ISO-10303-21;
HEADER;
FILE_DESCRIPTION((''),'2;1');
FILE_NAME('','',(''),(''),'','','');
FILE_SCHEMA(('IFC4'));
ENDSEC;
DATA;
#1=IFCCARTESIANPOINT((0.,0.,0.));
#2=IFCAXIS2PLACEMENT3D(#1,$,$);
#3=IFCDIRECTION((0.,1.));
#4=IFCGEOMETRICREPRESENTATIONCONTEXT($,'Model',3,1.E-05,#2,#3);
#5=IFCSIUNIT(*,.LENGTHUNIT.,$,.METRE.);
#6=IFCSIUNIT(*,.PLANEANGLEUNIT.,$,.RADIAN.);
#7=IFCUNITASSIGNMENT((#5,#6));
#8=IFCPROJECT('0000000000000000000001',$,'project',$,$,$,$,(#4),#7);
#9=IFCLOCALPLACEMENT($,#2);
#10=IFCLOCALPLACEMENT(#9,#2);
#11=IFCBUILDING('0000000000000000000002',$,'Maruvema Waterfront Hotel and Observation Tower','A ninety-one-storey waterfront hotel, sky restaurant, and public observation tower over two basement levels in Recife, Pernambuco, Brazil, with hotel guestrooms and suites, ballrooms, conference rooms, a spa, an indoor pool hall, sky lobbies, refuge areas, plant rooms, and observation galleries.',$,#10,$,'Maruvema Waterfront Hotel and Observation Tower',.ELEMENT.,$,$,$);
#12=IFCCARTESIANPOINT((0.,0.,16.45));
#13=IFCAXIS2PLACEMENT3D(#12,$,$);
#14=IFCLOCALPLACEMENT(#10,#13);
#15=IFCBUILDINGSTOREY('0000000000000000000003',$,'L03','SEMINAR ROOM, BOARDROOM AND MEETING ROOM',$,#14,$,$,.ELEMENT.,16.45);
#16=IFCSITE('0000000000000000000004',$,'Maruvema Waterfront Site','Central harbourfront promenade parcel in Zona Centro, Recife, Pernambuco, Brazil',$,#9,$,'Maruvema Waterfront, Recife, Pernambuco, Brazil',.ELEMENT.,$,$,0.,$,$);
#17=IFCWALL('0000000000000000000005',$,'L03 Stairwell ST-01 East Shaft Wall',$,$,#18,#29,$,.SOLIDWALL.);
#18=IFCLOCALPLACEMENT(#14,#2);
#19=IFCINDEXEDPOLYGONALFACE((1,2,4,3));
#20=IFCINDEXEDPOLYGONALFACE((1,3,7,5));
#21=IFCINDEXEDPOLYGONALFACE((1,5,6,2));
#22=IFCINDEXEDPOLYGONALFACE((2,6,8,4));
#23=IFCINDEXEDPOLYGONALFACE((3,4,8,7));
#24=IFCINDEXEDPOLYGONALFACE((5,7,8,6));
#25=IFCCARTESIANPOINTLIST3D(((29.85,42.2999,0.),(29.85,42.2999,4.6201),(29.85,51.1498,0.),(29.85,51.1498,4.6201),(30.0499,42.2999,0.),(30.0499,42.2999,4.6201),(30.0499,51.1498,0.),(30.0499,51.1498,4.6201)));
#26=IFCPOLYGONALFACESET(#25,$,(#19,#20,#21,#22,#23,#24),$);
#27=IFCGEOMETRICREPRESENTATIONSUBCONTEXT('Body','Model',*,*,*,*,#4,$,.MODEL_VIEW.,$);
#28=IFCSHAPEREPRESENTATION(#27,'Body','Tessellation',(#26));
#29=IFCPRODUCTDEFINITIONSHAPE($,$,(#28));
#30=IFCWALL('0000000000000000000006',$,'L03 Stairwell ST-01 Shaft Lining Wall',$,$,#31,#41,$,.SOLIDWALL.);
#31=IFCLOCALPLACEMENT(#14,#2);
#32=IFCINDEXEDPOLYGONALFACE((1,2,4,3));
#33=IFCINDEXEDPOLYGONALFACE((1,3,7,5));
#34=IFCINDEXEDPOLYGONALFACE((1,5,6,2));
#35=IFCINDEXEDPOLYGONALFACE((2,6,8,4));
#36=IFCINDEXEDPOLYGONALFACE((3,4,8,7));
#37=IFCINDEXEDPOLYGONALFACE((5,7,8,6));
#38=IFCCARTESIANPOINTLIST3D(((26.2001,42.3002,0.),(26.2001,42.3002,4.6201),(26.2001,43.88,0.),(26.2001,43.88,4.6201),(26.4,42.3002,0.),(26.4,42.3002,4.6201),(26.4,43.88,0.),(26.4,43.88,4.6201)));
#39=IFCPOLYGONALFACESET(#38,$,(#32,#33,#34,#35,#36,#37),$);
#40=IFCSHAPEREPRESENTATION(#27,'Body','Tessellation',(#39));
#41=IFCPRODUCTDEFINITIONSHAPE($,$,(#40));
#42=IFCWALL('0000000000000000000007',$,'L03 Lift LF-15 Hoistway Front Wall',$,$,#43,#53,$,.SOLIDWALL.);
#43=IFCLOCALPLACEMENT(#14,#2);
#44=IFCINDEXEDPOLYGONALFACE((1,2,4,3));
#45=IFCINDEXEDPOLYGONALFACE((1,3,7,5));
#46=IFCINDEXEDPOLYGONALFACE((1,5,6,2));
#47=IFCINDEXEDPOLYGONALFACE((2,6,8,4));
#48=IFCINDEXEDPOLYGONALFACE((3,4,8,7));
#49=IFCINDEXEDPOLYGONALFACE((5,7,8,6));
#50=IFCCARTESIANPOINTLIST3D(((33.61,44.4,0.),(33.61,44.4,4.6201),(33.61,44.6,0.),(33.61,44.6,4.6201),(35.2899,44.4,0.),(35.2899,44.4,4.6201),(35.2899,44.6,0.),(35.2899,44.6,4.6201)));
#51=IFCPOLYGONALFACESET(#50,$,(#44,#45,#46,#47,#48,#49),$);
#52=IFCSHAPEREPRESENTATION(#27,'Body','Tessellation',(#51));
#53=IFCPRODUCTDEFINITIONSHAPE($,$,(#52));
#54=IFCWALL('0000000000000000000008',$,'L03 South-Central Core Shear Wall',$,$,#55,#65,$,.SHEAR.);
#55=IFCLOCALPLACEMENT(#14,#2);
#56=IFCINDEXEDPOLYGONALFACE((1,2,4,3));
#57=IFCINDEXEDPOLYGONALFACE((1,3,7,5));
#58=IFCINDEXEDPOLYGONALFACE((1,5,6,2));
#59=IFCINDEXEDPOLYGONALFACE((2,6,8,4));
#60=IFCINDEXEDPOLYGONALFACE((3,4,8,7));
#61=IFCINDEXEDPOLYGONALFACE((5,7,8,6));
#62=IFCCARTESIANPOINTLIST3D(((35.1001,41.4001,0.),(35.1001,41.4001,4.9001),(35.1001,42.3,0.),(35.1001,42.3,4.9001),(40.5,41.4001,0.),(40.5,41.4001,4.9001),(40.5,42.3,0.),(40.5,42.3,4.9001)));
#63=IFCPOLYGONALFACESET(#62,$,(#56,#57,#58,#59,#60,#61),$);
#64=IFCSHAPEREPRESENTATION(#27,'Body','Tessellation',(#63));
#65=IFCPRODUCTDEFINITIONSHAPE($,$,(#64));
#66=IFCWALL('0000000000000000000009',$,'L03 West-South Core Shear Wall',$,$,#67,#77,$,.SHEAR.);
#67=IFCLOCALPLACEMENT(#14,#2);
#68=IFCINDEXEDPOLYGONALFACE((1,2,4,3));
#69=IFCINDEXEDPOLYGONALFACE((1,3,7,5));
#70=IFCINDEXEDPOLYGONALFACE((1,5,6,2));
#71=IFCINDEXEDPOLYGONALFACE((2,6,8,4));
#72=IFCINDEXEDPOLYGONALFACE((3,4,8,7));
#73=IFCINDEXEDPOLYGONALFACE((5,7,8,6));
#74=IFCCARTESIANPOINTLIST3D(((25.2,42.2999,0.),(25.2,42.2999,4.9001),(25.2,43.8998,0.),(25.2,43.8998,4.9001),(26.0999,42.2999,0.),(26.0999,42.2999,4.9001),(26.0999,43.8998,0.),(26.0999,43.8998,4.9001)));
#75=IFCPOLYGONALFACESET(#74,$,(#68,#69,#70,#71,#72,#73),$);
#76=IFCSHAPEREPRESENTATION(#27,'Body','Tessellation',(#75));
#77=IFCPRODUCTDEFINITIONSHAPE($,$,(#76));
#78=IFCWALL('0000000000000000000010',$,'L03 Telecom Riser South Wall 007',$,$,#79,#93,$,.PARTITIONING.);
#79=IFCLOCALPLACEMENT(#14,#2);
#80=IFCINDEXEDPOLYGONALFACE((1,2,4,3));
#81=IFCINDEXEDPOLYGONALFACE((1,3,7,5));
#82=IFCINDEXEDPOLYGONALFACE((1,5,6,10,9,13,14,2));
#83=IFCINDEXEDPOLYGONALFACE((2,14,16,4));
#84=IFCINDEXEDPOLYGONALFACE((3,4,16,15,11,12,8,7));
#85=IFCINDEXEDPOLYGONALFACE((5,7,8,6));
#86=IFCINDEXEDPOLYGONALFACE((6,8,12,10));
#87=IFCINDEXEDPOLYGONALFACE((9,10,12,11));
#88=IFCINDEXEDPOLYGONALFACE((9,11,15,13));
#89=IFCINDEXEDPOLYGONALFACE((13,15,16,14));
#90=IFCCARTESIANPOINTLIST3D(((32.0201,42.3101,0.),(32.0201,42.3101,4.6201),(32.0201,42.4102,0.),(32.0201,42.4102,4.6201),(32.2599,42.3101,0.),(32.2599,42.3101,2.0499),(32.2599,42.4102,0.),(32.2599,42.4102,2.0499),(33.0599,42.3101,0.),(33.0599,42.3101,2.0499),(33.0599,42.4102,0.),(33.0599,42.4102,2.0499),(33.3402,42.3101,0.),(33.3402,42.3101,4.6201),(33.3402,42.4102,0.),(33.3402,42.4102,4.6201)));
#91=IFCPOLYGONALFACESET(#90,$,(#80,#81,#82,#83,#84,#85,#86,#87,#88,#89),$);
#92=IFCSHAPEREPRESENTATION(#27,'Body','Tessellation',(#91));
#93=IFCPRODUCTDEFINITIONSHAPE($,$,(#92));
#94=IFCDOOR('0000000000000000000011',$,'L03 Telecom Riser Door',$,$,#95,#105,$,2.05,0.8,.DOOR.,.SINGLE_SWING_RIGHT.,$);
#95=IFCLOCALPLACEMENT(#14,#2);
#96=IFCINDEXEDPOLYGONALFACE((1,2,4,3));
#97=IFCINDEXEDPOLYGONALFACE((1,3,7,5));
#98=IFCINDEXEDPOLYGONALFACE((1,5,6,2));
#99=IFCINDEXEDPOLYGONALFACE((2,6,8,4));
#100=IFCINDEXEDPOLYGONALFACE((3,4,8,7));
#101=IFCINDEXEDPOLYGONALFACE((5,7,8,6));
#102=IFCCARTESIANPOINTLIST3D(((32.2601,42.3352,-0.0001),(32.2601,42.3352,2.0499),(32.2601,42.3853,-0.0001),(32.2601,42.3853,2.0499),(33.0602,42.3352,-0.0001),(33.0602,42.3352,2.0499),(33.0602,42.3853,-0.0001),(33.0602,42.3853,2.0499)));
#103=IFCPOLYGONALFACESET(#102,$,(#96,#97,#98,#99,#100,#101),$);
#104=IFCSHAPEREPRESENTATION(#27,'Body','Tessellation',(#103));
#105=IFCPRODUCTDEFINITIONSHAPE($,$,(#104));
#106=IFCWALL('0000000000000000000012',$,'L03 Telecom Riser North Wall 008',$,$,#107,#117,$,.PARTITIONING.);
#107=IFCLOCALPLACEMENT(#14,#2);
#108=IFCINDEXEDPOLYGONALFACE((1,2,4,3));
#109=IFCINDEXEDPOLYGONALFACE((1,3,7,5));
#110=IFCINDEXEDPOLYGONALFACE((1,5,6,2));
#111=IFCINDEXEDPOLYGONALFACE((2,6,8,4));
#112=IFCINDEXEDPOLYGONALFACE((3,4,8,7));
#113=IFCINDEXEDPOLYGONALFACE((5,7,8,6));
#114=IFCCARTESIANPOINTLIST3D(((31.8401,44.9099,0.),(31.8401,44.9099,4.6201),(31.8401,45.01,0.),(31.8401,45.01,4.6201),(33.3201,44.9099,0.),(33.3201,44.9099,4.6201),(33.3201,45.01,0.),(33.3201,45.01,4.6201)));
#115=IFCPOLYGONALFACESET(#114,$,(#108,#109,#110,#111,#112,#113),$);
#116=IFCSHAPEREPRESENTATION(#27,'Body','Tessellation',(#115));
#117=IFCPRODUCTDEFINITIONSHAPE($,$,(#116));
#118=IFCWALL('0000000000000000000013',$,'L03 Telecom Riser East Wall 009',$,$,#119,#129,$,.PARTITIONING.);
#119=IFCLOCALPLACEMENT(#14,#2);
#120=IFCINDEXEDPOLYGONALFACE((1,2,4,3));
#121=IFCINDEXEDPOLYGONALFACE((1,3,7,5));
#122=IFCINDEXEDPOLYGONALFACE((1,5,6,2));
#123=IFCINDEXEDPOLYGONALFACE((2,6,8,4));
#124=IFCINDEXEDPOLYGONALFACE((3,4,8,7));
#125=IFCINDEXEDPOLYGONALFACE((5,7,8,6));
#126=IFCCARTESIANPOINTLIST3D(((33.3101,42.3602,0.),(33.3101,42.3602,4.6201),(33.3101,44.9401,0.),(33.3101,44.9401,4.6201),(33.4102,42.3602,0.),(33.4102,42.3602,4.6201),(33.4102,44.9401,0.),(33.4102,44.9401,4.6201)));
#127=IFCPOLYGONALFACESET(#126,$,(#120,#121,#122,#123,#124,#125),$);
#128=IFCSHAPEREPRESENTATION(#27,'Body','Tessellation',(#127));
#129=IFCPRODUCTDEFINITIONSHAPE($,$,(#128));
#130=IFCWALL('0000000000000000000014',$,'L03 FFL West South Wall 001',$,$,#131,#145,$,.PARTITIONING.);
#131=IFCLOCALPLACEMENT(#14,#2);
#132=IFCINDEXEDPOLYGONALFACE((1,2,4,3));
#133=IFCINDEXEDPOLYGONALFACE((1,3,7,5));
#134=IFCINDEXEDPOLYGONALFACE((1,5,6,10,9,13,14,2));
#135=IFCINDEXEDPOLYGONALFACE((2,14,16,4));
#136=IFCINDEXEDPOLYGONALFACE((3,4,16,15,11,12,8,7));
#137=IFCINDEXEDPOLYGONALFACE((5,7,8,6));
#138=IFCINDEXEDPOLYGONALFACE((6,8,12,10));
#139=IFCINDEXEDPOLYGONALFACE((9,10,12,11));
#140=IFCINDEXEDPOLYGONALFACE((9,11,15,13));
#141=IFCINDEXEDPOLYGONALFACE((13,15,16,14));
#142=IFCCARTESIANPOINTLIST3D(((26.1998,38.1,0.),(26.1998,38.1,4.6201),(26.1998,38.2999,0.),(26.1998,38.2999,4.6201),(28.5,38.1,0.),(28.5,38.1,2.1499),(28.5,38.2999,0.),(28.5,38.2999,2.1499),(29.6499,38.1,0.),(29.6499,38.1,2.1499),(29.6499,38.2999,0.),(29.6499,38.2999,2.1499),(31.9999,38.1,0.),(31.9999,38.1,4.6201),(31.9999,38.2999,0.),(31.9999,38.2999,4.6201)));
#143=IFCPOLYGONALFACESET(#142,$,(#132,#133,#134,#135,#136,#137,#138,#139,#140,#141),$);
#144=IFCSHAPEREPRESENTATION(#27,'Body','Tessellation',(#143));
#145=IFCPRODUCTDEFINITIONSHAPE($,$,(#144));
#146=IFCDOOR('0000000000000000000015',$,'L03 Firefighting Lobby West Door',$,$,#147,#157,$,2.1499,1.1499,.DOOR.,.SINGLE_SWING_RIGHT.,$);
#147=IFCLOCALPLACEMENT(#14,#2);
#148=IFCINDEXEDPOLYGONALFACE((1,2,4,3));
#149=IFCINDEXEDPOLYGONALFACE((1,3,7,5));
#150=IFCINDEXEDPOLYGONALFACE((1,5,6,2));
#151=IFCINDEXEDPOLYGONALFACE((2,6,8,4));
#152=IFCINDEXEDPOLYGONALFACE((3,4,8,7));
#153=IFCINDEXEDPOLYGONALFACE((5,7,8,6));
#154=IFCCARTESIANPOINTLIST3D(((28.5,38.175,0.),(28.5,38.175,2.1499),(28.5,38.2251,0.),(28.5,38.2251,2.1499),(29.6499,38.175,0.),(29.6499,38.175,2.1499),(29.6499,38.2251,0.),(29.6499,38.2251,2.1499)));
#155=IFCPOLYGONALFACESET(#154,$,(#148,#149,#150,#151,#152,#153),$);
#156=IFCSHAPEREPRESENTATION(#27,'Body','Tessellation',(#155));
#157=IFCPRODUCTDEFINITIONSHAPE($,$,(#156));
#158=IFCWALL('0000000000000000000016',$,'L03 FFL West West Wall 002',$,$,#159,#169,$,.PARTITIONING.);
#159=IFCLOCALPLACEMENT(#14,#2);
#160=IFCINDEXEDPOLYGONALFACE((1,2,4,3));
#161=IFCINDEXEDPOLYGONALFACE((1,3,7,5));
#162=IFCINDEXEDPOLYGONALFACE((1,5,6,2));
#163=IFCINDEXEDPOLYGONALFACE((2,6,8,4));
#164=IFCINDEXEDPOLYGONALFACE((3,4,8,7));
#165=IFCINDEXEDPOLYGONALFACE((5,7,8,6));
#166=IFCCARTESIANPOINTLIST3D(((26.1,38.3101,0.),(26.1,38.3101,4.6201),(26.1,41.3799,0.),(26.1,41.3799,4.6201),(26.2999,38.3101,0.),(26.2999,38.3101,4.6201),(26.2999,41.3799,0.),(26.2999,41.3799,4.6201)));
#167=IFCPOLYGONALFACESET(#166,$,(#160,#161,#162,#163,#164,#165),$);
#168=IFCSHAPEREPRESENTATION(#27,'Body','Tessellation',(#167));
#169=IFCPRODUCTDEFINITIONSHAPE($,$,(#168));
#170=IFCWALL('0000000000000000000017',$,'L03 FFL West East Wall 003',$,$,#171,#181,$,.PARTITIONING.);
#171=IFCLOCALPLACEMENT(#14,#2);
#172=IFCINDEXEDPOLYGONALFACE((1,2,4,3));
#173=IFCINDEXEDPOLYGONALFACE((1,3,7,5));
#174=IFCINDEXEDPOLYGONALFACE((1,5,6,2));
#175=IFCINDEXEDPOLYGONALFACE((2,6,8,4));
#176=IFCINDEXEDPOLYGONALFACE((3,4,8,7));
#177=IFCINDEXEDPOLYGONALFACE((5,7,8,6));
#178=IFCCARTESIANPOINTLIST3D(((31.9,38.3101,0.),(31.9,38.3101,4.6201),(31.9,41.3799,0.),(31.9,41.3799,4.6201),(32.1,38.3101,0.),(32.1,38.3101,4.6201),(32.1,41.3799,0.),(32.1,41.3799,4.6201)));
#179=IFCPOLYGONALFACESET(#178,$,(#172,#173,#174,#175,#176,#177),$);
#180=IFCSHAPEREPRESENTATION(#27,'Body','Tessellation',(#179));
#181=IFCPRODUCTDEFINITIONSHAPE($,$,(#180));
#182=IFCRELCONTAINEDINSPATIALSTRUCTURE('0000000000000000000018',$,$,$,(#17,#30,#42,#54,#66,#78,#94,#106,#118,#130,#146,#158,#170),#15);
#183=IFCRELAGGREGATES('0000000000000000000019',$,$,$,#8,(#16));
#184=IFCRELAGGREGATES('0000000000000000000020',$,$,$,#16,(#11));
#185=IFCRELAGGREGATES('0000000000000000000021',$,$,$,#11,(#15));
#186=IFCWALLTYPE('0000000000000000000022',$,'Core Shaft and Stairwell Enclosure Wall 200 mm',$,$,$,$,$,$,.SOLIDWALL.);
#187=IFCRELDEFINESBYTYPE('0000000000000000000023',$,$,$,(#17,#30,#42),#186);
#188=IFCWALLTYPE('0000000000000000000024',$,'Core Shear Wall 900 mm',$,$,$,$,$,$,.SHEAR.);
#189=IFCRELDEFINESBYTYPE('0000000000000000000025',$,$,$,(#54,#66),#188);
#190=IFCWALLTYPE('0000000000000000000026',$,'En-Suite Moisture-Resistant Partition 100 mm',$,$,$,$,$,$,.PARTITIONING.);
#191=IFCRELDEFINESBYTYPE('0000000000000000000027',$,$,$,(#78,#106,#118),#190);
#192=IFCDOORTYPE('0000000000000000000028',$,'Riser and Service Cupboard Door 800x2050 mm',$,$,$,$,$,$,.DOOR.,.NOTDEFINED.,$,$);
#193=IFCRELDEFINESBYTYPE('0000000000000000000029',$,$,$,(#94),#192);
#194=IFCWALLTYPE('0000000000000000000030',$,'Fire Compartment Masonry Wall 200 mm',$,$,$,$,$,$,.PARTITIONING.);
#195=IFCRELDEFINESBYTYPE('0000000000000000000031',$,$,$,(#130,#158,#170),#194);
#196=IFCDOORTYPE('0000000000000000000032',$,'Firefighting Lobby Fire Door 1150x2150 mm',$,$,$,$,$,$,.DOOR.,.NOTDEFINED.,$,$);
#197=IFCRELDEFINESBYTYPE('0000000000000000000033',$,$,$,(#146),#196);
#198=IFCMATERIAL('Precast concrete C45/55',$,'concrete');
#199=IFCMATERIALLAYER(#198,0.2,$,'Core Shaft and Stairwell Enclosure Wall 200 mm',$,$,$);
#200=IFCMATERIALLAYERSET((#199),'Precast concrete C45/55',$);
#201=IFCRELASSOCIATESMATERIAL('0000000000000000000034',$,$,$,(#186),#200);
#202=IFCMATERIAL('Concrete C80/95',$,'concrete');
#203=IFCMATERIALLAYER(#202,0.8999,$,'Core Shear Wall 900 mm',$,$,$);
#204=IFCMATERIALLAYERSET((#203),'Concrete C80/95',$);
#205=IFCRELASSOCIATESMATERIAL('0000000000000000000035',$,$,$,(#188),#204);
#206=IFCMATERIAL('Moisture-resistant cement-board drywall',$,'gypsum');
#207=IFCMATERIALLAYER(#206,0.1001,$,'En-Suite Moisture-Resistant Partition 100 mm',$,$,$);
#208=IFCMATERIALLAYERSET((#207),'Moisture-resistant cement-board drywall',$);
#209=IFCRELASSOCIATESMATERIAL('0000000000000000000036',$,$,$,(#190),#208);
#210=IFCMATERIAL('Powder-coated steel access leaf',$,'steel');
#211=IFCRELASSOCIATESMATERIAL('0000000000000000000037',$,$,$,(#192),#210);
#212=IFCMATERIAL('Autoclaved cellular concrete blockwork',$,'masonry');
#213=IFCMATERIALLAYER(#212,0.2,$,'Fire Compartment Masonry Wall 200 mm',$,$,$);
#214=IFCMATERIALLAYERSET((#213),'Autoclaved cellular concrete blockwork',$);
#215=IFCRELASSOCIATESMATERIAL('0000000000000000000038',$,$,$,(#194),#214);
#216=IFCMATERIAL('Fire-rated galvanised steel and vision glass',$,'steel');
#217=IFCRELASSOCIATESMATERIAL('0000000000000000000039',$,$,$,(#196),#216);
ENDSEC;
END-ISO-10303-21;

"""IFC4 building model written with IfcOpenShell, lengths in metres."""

from ifc_helpers import new_model, si_unit, direction, frame, frame_2d, origin, place, context, subcontext, project, spatial, rectangle, extrude, material, layer, layer_set, type_object, element, fill, save


model = new_model("IFC4")

# Units and contexts
model_context = context("Model", 3, precision=1e-05, world=origin(), true_north=direction((0.0, 1.0)))
body_context = subcontext(model_context, "Body", "Model", "MODEL_VIEW")
ifc_project = project(units=[si_unit("LENGTHUNIT", "METRE"), si_unit("PLANEANGLEUNIT", "RADIAN")], contexts=[model_context])

# Site, building, storey
site_placement = place(None, origin())
site = spatial("IfcSite", under=ifc_project, at=site_placement, Name="Maruvema Waterfront Site", Description="Central harbourfront promenade parcel in Zona Centro, Recife, Pernambuco, Brazil", LongName="Maruvema Waterfront, Recife, Pernambuco, Brazil", CompositionType="ELEMENT", RefElevation=0.0)
building_placement = place(site_placement, origin())
building = spatial("IfcBuilding", under=site, at=building_placement, Name="Maruvema Waterfront Hotel and Observation Tower", Description="A ninety-one-storey waterfront hotel, sky restaurant, and public observation tower over two basement levels in Recife, Pernambuco, Brazil, with hotel guestrooms and suites, ballrooms, conference rooms, a spa, an indoor pool hall, sky lobbies, refuge areas, plant rooms, and observation galleries.", LongName="Maruvema Waterfront Hotel and Observation Tower", CompositionType="ELEMENT")
storey_placement = place(building_placement, frame((0.0, 0.0, 16.45)))
storey = spatial("IfcBuildingStorey", under=building, at=storey_placement, Name="L03", Description="SEMINAR ROOM, BOARDROOM AND MEETING ROOM", CompositionType="ELEMENT", Elevation=16.45)

# Walls
ifc_material_1 = material(Name="Precast concrete C45/55", Category="concrete")
ifc_layer_1 = layer(ifc_material_1, 0.2, Name="Core Shaft and Stairwell Enclosure Wall 200 mm")
ifc_layer_set_1 = layer_set([ifc_layer_1], Name="Precast concrete C45/55")
wall_type_1 = type_object("IfcWallType", Name="Core Shaft and Stairwell Enclosure Wall 200 mm", PredefinedType="SOLIDWALL", material=ifc_layer_set_1)
wall_1_placement = place(storey_placement, frame((29.95, 42.3, 0.0), z_axis=(0.0, 0.0, 1.0), x_axis=(0.0, 1.0, 0.0)))
element("IfcWall", 1, at=wall_1_placement, inside=storey, type_object=wall_type_1, Name="L03 Stairwell ST-01 East Shaft Wall", PredefinedType="SOLIDWALL", context=body_context, shape_type="SweptSolid", body=[
    extrude(rectangle(XDim=8.8499, YDim=0.2, at=frame_2d((4.4248, 0.0))), origin(), (0.0, 0.0, 1.0), 4.6201),
])
wall_2_placement = place(storey_placement, frame((26.3, 42.3, 0.0), z_axis=(0.0, 0.0, 1.0), x_axis=(0.0, 1.0, 0.0)))
element("IfcWall", 2, at=wall_2_placement, inside=storey, type_object=wall_type_1, Name="L03 Stairwell ST-01 Shaft Lining Wall", PredefinedType="SOLIDWALL", context=body_context, shape_type="SweptSolid", body=[
    extrude(rectangle(XDim=1.5798, YDim=0.2, at=frame_2d((0.79, 0.0))), origin(), (0.0, 0.0, 1.0), 4.6201),
])
wall_3_placement = place(storey_placement, frame((33.6101, 44.5, 0.0), z_axis=(0.0, 0.0, 1.0), x_axis=(1.0, 0.0, 0.0)))
element("IfcWall", 3, at=wall_3_placement, inside=storey, type_object=wall_type_1, Name="L03 Lift LF-15 Hoistway Front Wall", PredefinedType="SOLIDWALL", context=body_context, shape_type="SweptSolid", body=[
    extrude(rectangle(XDim=1.6799, YDim=0.2, at=frame_2d((0.8398, 0.0))), origin(), (0.0, 0.0, 1.0), 4.6201),
])

# Shared definitions
ifc_material_2 = material(Name="Concrete C80/95", Category="concrete")
ifc_layer_2 = layer(ifc_material_2, 0.8999, Name="Core Shear Wall 900 mm")
ifc_layer_set_2 = layer_set([ifc_layer_2], Name="Concrete C80/95")
wall_type_2 = type_object("IfcWallType", Name="Core Shear Wall 900 mm", PredefinedType="SHEAR", material=ifc_layer_set_2)

# Walls
wall_4_placement = place(storey_placement, frame((35.1001, 41.8501, 0.0), z_axis=(0.0, 0.0, 1.0), x_axis=(1.0, 0.0, 0.0)))
element("IfcWall", 4, at=wall_4_placement, inside=storey, type_object=wall_type_2, Name="L03 South-Central Core Shear Wall", PredefinedType="SHEAR", context=body_context, shape_type="SweptSolid", body=[
    extrude(rectangle(XDim=5.3999, YDim=0.8999, at=frame_2d((2.7, 0.0))), origin(), (0.0, 0.0, 1.0), 4.9001),
])
wall_5_placement = place(storey_placement, frame((25.6499, 42.3, 0.0), z_axis=(0.0, 0.0, 1.0), x_axis=(0.0, 1.0, 0.0)))
element("IfcWall", 5, at=wall_5_placement, inside=storey, type_object=wall_type_2, Name="L03 West-South Core Shear Wall", PredefinedType="SHEAR", context=body_context, shape_type="SweptSolid", body=[
    extrude(rectangle(XDim=1.5999, YDim=0.8999, at=frame_2d((0.7998, 0.0))), origin(), (0.0, 0.0, 1.0), 4.9001),
])

# Wall, opening, door
ifc_material_3 = material(Name="Moisture-resistant cement-board drywall", Category="gypsum")
ifc_layer_3 = layer(ifc_material_3, 0.1001, Name="En-Suite Moisture-Resistant Partition 100 mm")
ifc_layer_set_3 = layer_set([ifc_layer_3], Name="Moisture-resistant cement-board drywall")
wall_type_3 = type_object("IfcWallType", Name="En-Suite Moisture-Resistant Partition 100 mm", PredefinedType="PARTITIONING", material=ifc_layer_set_3)
wall_6_placement = place(storey_placement, frame((32.02, 42.3601, 0.0), z_axis=(0.0, 0.0, 1.0), x_axis=(1.0, 0.0, 0.0)))
wall_6 = element("IfcWall", 6, at=wall_6_placement, inside=storey, type_object=wall_type_3, Name="L03 Telecom Riser South Wall 007", PredefinedType="PARTITIONING", context=body_context, shape_type="SweptSolid", body=[
    extrude(rectangle(XDim=1.3201, YDim=0.1001, at=frame_2d((0.6602, 0.0))), origin(), (0.0, 0.0, 1.0), 4.6201),
])
opening_1_placement = place(wall_6_placement, frame((0.24, 0.0, 0.0)))
opening_1 = element("IfcOpeningElement", 7, at=opening_1_placement, cuts=wall_6, PredefinedType="OPENING", context=body_context, shape_type="SweptSolid", body=[
    extrude(rectangle(XDim=0.8, YDim=2.05, at=frame_2d((0.3999, 1.0249))), frame((0.0, 0.0601, 0.0), z_axis=(0.0, -1.0, 0.0), x_axis=(1.0, 0.0, 0.0)), (0.0, 0.0, 1.0), 0.1201),
])
ifc_material_4 = material(Name="Powder-coated steel access leaf", Category="steel")
door_type_1 = type_object("IfcDoorType", Name="Riser and Service Cupboard Door 800x2050 mm", OperationType="NOTDEFINED", PredefinedType="DOOR", material=ifc_material_4)
door_1_placement = place(opening_1_placement, frame((0.8, 0.0, 0.0), z_axis=(0.0, 0.0, 1.0), x_axis=(-1.0, 0.0, 0.0)))
door_1 = element("IfcDoor", 8, at=door_1_placement, inside=storey, type_object=door_type_1, Name="L03 Telecom Riser Door", OperationType="SINGLE_SWING_RIGHT", OverallHeight=2.05, OverallWidth=0.8, PredefinedType="DOOR", context=body_context, shape_type="SweptSolid", body=[
    extrude(rectangle(XDim=0.8, YDim=2.05, at=frame_2d((0.3999, 1.0249))), frame((0.0, 0.0249, 0.0), z_axis=(0.0, -1.0, 0.0), x_axis=(1.0, 0.0, 0.0)), (0.0, 0.0, 1.0), 0.05),
])
fill(opening_1, door_1)

# Walls
wall_7_placement = place(storey_placement, frame((31.8401, 44.96, 0.0), z_axis=(0.0, 0.0, 1.0), x_axis=(1.0, 0.0, 0.0)))
element("IfcWall", 9, at=wall_7_placement, inside=storey, type_object=wall_type_3, Name="L03 Telecom Riser North Wall 008", PredefinedType="PARTITIONING", context=body_context, shape_type="SweptSolid", body=[
    extrude(rectangle(XDim=1.48, YDim=0.1001, at=frame_2d((0.74, 0.0))), origin(), (0.0, 0.0, 1.0), 4.6201),
])
wall_8_placement = place(storey_placement, frame((33.3601, 42.3601, 0.0), z_axis=(0.0, 0.0, 1.0), x_axis=(0.0, 1.0, 0.0)))
element("IfcWall", 10, at=wall_8_placement, inside=storey, type_object=wall_type_3, Name="L03 Telecom Riser East Wall 009", PredefinedType="PARTITIONING", context=body_context, shape_type="SweptSolid", body=[
    extrude(rectangle(XDim=2.5798, YDim=0.1001, at=frame_2d((1.29, 0.0))), origin(), (0.0, 0.0, 1.0), 4.6201),
])

# Wall, opening, door
ifc_material_5 = material(Name="Autoclaved cellular concrete blockwork", Category="masonry")
ifc_layer_4 = layer(ifc_material_5, 0.2, Name="Fire Compartment Masonry Wall 200 mm")
ifc_layer_set_4 = layer_set([ifc_layer_4], Name="Autoclaved cellular concrete blockwork")
wall_type_4 = type_object("IfcWallType", Name="Fire Compartment Masonry Wall 200 mm", PredefinedType="PARTITIONING", material=ifc_layer_set_4)
wall_9_placement = place(storey_placement, frame((26.2, 38.2, 0.0), z_axis=(0.0, 0.0, 1.0), x_axis=(1.0, 0.0, 0.0)))
wall_9 = element("IfcWall", 11, at=wall_9_placement, inside=storey, type_object=wall_type_4, Name="L03 FFL West South Wall 001", PredefinedType="PARTITIONING", context=body_context, shape_type="SweptSolid", body=[
    extrude(rectangle(XDim=5.8, YDim=0.2, at=frame_2d((2.8999, 0.0))), origin(), (0.0, 0.0, 1.0), 4.6201),
])
opening_2_placement = place(wall_9_placement, frame((2.3, 0.0, 0.0)))
opening_2 = element("IfcOpeningElement", 12, at=opening_2_placement, cuts=wall_9, PredefinedType="OPENING", context=body_context, shape_type="SweptSolid", body=[
    extrude(rectangle(XDim=1.1499, YDim=2.1499, at=frame_2d((0.575, 1.075))), frame((0.0, 0.1099, 0.0), z_axis=(0.0, -1.0, 0.0), x_axis=(1.0, 0.0, 0.0)), (0.0, 0.0, 1.0), 0.22),
])
ifc_material_6 = material(Name="Fire-rated galvanised steel and vision glass", Category="steel")
door_type_2 = type_object("IfcDoorType", Name="Firefighting Lobby Fire Door 1150x2150 mm", OperationType="NOTDEFINED", PredefinedType="DOOR", material=ifc_material_6)
door_2_placement = place(opening_2_placement, frame((1.1499, 0.0, 0.0), z_axis=(0.0, 0.0, 1.0), x_axis=(-1.0, 0.0, 0.0)))
door_2 = element("IfcDoor", 13, at=door_2_placement, inside=storey, type_object=door_type_2, Name="L03 Firefighting Lobby West Door", OperationType="SINGLE_SWING_RIGHT", OverallHeight=2.1499, OverallWidth=1.1499, PredefinedType="DOOR", context=body_context, shape_type="SweptSolid", body=[
    extrude(rectangle(XDim=1.1499, YDim=2.1499, at=frame_2d((0.575, 1.075))), frame((0.0, 0.0249, 0.0), z_axis=(0.0, -1.0, 0.0), x_axis=(1.0, 0.0, 0.0)), (0.0, 0.0, 1.0), 0.05),
])
fill(opening_2, door_2)

# Walls
for number, where, z_axis, x_axis, name in (
    (14, (26.2, 38.3101, 0.0), (0.0, 0.0, 1.0), (0.0, 1.0, 0.0), "L03 FFL West West Wall 002"),
    (15, (32.0, 38.3101, 0.0), (0.0, 0.0, 1.0), (0.0, 1.0, 0.0), "L03 FFL West East Wall 003"),
):
    element("IfcWall", number, at=place(storey_placement, frame(where, z_axis=z_axis, x_axis=x_axis)), inside=storey, type_object=wall_type_4, Name=name, PredefinedType="PARTITIONING", context=body_context, shape_type="SweptSolid", body=[
        extrude(rectangle(XDim=3.0698, YDim=0.2, at=frame_2d((1.5349, 0.0))), origin(), (0.0, 0.0, 1.0), 4.6201),
    ])

save(model, "model.ifc")
